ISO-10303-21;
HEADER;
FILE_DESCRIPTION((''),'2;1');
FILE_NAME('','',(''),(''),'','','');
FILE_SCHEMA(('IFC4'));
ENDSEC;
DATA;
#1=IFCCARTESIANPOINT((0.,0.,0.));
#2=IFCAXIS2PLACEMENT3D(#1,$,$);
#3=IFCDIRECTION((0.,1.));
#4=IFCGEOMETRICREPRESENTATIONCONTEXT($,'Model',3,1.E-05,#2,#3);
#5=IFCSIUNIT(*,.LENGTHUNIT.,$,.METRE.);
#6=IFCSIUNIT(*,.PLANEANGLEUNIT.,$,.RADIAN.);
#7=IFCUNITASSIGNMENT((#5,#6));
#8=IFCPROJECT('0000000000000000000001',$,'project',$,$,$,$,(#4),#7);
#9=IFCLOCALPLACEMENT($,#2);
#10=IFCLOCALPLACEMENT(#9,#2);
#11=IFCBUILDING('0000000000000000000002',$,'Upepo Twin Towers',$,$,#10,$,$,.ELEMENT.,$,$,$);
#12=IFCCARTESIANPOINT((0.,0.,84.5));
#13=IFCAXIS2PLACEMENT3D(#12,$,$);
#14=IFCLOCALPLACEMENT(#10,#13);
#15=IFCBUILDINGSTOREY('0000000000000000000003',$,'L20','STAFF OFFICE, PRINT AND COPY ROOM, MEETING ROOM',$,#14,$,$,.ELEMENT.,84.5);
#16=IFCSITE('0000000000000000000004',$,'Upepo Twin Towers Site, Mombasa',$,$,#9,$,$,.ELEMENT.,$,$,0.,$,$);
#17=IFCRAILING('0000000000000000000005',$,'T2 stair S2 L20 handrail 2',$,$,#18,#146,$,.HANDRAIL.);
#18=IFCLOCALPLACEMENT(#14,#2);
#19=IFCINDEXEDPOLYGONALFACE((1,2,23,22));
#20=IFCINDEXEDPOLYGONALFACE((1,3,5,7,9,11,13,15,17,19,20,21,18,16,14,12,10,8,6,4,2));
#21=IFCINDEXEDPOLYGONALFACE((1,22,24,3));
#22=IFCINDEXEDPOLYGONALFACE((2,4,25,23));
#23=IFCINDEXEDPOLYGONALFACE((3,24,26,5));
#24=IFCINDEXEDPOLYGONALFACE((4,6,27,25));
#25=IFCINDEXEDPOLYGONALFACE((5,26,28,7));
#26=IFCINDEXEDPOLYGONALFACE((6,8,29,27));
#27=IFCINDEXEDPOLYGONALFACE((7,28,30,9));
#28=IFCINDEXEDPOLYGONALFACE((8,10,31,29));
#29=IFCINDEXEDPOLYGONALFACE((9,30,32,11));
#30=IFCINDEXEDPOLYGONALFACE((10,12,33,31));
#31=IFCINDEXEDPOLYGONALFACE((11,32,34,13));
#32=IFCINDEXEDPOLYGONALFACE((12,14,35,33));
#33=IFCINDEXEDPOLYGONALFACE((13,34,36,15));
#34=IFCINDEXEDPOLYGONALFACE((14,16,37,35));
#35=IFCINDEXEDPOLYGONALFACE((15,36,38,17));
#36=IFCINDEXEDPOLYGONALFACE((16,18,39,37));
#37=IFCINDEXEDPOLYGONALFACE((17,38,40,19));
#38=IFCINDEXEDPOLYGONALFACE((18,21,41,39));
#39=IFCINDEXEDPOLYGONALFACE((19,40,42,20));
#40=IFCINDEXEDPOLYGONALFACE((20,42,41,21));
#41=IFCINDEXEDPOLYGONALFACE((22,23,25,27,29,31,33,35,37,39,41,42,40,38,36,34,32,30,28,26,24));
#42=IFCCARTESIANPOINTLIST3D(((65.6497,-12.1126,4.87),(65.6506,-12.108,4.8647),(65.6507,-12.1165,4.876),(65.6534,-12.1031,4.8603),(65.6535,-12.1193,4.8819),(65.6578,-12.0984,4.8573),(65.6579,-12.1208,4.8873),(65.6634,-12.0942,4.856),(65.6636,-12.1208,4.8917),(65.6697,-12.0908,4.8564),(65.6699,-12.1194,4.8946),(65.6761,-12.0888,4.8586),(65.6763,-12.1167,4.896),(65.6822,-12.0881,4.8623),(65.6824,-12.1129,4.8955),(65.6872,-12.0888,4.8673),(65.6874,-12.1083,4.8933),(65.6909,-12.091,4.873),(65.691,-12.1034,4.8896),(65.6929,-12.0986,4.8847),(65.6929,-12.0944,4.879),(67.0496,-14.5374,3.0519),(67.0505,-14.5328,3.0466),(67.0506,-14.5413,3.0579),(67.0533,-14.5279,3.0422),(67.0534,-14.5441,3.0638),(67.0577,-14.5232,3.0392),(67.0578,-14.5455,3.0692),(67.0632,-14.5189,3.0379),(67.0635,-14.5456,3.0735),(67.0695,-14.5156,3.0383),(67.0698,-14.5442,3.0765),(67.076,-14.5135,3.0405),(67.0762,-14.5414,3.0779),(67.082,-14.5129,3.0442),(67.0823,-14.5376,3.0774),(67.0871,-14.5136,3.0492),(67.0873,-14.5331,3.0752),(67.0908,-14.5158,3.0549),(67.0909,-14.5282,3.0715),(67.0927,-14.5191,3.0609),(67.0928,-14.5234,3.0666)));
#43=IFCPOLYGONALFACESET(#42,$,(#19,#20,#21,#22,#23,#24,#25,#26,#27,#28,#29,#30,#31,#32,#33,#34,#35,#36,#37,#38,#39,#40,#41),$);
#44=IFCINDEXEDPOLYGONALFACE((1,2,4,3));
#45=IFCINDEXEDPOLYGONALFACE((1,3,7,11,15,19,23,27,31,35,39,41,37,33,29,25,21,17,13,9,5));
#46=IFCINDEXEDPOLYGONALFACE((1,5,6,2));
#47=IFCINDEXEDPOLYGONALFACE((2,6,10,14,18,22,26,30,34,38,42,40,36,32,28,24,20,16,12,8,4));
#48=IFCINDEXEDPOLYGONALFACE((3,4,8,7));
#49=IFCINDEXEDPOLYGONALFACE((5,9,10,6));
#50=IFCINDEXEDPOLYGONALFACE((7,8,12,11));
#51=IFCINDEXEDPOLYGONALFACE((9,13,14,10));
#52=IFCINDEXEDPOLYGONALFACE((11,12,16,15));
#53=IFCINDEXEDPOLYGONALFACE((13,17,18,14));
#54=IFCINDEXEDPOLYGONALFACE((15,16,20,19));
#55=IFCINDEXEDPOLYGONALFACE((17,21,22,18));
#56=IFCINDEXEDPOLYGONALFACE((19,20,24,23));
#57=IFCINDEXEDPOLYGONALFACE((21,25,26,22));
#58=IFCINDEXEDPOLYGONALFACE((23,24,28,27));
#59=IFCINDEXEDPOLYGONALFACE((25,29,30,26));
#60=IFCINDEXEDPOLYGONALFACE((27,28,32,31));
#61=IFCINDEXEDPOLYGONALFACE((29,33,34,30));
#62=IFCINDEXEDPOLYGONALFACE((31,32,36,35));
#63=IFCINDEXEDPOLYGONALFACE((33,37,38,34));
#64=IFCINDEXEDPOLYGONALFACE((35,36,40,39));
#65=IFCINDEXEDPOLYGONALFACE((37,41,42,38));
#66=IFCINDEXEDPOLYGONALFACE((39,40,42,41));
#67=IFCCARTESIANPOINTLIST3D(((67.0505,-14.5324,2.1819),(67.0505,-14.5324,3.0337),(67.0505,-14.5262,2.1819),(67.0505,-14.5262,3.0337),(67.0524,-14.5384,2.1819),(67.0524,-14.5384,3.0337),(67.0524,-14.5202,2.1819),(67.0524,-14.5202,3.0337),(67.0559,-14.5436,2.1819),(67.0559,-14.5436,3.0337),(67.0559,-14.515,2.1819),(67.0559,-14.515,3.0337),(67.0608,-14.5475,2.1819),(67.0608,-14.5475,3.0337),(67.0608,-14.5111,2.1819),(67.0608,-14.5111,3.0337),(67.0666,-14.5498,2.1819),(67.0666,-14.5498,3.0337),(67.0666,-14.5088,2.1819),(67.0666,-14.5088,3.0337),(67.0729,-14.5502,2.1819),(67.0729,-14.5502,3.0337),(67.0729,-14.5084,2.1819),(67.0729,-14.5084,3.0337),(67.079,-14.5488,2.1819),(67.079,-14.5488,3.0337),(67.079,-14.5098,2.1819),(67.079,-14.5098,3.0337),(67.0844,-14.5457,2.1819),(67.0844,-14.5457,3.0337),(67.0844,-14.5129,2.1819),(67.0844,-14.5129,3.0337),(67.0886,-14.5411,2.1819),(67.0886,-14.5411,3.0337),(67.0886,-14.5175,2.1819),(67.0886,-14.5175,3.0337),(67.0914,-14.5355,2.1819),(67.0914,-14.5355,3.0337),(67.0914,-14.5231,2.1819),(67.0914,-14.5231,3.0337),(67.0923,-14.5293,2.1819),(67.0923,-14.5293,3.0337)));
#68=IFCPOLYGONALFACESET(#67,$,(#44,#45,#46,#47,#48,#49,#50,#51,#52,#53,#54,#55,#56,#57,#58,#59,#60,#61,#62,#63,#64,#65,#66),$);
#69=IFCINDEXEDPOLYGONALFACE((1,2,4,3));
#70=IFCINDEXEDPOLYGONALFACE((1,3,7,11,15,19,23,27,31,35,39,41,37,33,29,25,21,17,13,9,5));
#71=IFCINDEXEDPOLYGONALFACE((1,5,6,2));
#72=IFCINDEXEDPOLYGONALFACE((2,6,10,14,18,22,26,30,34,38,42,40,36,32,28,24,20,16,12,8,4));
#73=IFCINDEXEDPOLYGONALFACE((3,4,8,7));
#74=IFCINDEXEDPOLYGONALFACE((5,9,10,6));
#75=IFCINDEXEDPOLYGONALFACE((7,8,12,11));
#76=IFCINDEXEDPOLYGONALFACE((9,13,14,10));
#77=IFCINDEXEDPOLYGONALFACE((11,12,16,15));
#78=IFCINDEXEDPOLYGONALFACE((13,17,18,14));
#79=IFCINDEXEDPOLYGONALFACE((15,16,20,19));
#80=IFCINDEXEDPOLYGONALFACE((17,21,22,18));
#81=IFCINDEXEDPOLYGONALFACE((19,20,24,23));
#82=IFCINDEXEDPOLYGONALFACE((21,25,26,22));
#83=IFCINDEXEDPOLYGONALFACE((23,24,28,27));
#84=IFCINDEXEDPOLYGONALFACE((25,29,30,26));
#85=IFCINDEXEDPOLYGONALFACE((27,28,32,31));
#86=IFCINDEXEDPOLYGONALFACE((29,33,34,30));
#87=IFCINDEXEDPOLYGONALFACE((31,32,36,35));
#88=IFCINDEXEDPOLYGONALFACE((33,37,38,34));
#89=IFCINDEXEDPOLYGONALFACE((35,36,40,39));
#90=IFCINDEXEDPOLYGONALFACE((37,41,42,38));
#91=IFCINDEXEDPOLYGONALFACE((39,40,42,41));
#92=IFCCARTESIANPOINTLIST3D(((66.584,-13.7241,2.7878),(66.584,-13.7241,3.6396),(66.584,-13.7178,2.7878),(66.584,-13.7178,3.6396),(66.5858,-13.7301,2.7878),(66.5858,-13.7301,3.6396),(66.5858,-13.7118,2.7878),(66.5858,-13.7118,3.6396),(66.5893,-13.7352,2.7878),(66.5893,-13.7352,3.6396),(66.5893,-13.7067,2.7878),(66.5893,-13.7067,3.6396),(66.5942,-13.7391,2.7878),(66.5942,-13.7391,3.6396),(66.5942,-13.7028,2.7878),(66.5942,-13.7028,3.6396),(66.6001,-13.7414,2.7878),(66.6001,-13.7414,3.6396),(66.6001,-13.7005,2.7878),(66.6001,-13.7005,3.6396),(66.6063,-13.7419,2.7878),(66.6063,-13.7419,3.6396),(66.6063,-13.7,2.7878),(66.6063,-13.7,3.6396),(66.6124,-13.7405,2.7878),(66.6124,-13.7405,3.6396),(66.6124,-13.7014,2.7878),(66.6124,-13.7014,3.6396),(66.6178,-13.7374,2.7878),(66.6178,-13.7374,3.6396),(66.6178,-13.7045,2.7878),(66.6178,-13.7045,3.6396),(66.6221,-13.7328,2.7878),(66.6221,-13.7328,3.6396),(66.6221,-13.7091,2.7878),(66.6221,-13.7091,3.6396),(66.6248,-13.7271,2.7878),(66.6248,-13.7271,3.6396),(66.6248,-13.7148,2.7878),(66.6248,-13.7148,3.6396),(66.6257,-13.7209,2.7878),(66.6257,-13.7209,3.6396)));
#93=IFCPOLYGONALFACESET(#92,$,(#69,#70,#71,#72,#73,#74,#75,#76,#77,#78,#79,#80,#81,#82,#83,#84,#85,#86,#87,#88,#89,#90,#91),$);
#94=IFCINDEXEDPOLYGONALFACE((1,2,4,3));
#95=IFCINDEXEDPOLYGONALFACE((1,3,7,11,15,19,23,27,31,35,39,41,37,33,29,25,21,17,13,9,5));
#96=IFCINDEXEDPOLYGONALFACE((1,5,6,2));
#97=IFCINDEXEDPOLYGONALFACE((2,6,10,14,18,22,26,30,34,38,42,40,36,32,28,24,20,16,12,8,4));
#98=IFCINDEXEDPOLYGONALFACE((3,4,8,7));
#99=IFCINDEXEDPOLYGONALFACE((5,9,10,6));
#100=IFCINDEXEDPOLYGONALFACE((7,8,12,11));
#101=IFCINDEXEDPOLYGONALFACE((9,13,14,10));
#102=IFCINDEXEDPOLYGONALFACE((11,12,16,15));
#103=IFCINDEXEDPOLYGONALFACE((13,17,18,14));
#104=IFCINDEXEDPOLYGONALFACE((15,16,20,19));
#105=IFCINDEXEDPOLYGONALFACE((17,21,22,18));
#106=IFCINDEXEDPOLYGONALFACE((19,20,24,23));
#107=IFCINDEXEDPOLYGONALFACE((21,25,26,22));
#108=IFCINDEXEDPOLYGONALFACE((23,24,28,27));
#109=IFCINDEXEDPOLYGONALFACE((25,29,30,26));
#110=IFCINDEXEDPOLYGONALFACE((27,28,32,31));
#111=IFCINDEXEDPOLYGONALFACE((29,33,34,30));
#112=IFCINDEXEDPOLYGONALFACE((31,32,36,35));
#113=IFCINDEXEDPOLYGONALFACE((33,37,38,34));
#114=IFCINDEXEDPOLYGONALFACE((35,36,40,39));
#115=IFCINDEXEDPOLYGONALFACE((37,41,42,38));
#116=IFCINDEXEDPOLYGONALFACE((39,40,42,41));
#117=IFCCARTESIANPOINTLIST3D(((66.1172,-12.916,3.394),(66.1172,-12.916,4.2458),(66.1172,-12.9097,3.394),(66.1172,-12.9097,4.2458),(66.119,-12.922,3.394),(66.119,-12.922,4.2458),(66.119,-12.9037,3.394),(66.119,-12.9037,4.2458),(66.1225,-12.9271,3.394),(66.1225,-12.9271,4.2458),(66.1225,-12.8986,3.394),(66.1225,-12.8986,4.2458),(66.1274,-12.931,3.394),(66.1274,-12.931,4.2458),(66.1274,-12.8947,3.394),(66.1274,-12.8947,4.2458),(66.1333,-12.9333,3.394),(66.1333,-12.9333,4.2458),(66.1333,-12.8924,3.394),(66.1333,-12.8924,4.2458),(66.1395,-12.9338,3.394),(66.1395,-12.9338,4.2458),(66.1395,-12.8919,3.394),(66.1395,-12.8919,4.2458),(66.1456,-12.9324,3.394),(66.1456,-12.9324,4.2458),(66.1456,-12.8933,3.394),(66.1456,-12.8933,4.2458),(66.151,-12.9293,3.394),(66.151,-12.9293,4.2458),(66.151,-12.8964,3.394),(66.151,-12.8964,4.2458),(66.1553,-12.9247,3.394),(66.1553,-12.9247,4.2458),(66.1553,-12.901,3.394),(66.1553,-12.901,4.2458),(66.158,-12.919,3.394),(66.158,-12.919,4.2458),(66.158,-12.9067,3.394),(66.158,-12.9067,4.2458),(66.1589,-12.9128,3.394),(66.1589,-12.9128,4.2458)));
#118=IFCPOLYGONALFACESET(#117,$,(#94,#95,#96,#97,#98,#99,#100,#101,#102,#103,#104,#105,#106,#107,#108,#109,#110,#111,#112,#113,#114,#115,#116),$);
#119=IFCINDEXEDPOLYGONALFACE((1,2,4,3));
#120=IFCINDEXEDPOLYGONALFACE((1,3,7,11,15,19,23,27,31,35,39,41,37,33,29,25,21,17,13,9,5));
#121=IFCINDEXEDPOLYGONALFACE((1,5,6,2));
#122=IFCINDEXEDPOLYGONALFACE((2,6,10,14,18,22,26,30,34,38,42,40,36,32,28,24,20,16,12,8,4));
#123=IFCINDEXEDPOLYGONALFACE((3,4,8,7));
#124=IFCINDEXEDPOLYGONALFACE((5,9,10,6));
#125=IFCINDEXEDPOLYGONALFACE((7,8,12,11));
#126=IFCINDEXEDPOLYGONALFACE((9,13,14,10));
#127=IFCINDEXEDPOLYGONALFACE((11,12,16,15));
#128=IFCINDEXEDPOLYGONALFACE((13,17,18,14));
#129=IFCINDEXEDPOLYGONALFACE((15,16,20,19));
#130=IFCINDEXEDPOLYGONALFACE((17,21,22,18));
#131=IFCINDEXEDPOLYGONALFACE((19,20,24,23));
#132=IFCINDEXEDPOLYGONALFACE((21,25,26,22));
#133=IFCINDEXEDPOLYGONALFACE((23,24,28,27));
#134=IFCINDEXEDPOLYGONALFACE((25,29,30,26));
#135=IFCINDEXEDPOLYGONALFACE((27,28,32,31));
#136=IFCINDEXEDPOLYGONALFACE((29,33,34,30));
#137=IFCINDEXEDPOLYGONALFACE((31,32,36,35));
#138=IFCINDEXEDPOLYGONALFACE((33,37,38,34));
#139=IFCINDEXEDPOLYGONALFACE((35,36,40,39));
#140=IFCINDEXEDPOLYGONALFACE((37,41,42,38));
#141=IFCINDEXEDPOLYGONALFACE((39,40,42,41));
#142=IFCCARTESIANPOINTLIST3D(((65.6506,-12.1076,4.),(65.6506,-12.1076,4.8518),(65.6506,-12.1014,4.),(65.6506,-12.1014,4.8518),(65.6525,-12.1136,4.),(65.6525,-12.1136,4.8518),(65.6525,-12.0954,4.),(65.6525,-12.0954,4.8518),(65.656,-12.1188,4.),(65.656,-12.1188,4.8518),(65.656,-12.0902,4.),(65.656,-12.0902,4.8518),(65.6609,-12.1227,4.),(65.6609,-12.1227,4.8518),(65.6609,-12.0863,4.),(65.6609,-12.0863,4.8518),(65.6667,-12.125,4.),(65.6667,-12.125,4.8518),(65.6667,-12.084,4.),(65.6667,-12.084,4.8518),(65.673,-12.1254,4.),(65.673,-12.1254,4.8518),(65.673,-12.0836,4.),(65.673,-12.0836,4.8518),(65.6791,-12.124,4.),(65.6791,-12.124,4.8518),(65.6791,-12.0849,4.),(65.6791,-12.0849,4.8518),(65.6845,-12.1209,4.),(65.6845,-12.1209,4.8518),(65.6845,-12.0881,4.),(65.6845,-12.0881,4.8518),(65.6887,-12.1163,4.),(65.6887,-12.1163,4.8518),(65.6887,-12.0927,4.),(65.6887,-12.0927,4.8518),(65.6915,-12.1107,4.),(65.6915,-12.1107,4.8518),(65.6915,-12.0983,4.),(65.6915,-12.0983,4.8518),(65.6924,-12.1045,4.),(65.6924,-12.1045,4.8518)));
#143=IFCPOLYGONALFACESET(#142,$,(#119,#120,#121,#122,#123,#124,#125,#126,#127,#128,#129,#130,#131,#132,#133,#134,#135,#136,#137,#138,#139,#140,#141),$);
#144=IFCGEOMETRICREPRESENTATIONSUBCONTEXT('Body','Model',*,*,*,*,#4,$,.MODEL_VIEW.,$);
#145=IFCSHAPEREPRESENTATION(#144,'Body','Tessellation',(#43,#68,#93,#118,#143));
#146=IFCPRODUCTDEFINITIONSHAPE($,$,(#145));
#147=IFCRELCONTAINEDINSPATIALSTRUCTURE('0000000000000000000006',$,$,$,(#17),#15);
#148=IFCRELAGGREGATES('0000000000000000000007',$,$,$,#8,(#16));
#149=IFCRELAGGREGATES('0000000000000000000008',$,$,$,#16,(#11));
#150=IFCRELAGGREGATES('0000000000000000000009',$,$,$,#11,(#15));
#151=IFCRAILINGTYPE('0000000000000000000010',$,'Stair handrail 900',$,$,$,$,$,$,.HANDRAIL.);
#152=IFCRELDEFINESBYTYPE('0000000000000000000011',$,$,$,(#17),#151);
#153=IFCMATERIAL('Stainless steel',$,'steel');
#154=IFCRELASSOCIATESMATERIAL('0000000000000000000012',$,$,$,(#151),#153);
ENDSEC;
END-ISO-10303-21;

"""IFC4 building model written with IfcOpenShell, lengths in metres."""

from ifc_helpers import new_model, si_unit, direction, frame, origin, origin_2d, place, context, subcontext, project, spatial, circle, extrude, material, type_object, element, save


model = new_model("IFC4")

# Units and contexts
model_context = context("Model", 3, precision=1e-05, world=origin(), true_north=direction((0.0, 1.0)))
body_context = subcontext(model_context, "Body", "Model", "MODEL_VIEW")
ifc_project = project(units=[si_unit("LENGTHUNIT", "METRE"), si_unit("PLANEANGLEUNIT", "RADIAN")], contexts=[model_context])

# Site, building, storey
site_placement = place(None, origin())
site = spatial("IfcSite", under=ifc_project, at=site_placement, Name="Upepo Twin Towers Site, Mombasa", CompositionType="ELEMENT", RefElevation=0.0)
building_placement = place(site_placement, origin())
building = spatial("IfcBuilding", under=site, at=building_placement, Name="Upepo Twin Towers", CompositionType="ELEMENT")
storey_placement = place(building_placement, frame((0.0, 0.0, 84.5)))
storey = spatial("IfcBuildingStorey", under=building, at=storey_placement, Name="L20", Description="STAFF OFFICE, PRINT AND COPY ROOM, MEETING ROOM", CompositionType="ELEMENT", Elevation=84.5)

# Railing
ifc_material_1 = material(Name="Stainless steel", Category="steel")
railing_type = type_object("IfcRailingType", Name="Stair handrail 900", PredefinedType="HANDRAIL", material=ifc_material_1)
railing_1_placement = place(storey_placement, frame((67.0713, -14.5293, 2.1819)))
element("IfcRailing", 1, at=railing_1_placement, inside=storey, type_object=railing_type, Name="T2 stair S2 L20 handrail 2", PredefinedType="HANDRAIL", context=body_context, shape_type="SweptSolid", body=[
    extrude(circle(Radius=0.0239, at=origin_2d()), frame((0.0, 0.0, 0.876), z_axis=(-0.419333, 0.726336, 0.544606), x_axis=(-0.866035, -0.499984, 0.0)), (0.0, 0.0, 1.0), 3.3384),
    extrude(circle(Radius=0.021, at=origin_2d()), origin(), (0.0, 0.0, 1.0), 0.8518),
    extrude(circle(Radius=0.021, at=origin_2d()), frame((-0.4666, 0.8083, 0.606)), (0.0, 0.0, 1.0), 0.8518),
    extrude(circle(Radius=0.021, at=origin_2d()), frame((-0.9333, 1.6165, 1.2122)), (0.0, 0.0, 1.0), 0.8518),
    extrude(circle(Radius=0.021, at=origin_2d()), frame((-1.3999, 2.4248, 1.8181)), (0.0, 0.0, 1.0), 0.8518),
])

save(model, "model.ifc")
